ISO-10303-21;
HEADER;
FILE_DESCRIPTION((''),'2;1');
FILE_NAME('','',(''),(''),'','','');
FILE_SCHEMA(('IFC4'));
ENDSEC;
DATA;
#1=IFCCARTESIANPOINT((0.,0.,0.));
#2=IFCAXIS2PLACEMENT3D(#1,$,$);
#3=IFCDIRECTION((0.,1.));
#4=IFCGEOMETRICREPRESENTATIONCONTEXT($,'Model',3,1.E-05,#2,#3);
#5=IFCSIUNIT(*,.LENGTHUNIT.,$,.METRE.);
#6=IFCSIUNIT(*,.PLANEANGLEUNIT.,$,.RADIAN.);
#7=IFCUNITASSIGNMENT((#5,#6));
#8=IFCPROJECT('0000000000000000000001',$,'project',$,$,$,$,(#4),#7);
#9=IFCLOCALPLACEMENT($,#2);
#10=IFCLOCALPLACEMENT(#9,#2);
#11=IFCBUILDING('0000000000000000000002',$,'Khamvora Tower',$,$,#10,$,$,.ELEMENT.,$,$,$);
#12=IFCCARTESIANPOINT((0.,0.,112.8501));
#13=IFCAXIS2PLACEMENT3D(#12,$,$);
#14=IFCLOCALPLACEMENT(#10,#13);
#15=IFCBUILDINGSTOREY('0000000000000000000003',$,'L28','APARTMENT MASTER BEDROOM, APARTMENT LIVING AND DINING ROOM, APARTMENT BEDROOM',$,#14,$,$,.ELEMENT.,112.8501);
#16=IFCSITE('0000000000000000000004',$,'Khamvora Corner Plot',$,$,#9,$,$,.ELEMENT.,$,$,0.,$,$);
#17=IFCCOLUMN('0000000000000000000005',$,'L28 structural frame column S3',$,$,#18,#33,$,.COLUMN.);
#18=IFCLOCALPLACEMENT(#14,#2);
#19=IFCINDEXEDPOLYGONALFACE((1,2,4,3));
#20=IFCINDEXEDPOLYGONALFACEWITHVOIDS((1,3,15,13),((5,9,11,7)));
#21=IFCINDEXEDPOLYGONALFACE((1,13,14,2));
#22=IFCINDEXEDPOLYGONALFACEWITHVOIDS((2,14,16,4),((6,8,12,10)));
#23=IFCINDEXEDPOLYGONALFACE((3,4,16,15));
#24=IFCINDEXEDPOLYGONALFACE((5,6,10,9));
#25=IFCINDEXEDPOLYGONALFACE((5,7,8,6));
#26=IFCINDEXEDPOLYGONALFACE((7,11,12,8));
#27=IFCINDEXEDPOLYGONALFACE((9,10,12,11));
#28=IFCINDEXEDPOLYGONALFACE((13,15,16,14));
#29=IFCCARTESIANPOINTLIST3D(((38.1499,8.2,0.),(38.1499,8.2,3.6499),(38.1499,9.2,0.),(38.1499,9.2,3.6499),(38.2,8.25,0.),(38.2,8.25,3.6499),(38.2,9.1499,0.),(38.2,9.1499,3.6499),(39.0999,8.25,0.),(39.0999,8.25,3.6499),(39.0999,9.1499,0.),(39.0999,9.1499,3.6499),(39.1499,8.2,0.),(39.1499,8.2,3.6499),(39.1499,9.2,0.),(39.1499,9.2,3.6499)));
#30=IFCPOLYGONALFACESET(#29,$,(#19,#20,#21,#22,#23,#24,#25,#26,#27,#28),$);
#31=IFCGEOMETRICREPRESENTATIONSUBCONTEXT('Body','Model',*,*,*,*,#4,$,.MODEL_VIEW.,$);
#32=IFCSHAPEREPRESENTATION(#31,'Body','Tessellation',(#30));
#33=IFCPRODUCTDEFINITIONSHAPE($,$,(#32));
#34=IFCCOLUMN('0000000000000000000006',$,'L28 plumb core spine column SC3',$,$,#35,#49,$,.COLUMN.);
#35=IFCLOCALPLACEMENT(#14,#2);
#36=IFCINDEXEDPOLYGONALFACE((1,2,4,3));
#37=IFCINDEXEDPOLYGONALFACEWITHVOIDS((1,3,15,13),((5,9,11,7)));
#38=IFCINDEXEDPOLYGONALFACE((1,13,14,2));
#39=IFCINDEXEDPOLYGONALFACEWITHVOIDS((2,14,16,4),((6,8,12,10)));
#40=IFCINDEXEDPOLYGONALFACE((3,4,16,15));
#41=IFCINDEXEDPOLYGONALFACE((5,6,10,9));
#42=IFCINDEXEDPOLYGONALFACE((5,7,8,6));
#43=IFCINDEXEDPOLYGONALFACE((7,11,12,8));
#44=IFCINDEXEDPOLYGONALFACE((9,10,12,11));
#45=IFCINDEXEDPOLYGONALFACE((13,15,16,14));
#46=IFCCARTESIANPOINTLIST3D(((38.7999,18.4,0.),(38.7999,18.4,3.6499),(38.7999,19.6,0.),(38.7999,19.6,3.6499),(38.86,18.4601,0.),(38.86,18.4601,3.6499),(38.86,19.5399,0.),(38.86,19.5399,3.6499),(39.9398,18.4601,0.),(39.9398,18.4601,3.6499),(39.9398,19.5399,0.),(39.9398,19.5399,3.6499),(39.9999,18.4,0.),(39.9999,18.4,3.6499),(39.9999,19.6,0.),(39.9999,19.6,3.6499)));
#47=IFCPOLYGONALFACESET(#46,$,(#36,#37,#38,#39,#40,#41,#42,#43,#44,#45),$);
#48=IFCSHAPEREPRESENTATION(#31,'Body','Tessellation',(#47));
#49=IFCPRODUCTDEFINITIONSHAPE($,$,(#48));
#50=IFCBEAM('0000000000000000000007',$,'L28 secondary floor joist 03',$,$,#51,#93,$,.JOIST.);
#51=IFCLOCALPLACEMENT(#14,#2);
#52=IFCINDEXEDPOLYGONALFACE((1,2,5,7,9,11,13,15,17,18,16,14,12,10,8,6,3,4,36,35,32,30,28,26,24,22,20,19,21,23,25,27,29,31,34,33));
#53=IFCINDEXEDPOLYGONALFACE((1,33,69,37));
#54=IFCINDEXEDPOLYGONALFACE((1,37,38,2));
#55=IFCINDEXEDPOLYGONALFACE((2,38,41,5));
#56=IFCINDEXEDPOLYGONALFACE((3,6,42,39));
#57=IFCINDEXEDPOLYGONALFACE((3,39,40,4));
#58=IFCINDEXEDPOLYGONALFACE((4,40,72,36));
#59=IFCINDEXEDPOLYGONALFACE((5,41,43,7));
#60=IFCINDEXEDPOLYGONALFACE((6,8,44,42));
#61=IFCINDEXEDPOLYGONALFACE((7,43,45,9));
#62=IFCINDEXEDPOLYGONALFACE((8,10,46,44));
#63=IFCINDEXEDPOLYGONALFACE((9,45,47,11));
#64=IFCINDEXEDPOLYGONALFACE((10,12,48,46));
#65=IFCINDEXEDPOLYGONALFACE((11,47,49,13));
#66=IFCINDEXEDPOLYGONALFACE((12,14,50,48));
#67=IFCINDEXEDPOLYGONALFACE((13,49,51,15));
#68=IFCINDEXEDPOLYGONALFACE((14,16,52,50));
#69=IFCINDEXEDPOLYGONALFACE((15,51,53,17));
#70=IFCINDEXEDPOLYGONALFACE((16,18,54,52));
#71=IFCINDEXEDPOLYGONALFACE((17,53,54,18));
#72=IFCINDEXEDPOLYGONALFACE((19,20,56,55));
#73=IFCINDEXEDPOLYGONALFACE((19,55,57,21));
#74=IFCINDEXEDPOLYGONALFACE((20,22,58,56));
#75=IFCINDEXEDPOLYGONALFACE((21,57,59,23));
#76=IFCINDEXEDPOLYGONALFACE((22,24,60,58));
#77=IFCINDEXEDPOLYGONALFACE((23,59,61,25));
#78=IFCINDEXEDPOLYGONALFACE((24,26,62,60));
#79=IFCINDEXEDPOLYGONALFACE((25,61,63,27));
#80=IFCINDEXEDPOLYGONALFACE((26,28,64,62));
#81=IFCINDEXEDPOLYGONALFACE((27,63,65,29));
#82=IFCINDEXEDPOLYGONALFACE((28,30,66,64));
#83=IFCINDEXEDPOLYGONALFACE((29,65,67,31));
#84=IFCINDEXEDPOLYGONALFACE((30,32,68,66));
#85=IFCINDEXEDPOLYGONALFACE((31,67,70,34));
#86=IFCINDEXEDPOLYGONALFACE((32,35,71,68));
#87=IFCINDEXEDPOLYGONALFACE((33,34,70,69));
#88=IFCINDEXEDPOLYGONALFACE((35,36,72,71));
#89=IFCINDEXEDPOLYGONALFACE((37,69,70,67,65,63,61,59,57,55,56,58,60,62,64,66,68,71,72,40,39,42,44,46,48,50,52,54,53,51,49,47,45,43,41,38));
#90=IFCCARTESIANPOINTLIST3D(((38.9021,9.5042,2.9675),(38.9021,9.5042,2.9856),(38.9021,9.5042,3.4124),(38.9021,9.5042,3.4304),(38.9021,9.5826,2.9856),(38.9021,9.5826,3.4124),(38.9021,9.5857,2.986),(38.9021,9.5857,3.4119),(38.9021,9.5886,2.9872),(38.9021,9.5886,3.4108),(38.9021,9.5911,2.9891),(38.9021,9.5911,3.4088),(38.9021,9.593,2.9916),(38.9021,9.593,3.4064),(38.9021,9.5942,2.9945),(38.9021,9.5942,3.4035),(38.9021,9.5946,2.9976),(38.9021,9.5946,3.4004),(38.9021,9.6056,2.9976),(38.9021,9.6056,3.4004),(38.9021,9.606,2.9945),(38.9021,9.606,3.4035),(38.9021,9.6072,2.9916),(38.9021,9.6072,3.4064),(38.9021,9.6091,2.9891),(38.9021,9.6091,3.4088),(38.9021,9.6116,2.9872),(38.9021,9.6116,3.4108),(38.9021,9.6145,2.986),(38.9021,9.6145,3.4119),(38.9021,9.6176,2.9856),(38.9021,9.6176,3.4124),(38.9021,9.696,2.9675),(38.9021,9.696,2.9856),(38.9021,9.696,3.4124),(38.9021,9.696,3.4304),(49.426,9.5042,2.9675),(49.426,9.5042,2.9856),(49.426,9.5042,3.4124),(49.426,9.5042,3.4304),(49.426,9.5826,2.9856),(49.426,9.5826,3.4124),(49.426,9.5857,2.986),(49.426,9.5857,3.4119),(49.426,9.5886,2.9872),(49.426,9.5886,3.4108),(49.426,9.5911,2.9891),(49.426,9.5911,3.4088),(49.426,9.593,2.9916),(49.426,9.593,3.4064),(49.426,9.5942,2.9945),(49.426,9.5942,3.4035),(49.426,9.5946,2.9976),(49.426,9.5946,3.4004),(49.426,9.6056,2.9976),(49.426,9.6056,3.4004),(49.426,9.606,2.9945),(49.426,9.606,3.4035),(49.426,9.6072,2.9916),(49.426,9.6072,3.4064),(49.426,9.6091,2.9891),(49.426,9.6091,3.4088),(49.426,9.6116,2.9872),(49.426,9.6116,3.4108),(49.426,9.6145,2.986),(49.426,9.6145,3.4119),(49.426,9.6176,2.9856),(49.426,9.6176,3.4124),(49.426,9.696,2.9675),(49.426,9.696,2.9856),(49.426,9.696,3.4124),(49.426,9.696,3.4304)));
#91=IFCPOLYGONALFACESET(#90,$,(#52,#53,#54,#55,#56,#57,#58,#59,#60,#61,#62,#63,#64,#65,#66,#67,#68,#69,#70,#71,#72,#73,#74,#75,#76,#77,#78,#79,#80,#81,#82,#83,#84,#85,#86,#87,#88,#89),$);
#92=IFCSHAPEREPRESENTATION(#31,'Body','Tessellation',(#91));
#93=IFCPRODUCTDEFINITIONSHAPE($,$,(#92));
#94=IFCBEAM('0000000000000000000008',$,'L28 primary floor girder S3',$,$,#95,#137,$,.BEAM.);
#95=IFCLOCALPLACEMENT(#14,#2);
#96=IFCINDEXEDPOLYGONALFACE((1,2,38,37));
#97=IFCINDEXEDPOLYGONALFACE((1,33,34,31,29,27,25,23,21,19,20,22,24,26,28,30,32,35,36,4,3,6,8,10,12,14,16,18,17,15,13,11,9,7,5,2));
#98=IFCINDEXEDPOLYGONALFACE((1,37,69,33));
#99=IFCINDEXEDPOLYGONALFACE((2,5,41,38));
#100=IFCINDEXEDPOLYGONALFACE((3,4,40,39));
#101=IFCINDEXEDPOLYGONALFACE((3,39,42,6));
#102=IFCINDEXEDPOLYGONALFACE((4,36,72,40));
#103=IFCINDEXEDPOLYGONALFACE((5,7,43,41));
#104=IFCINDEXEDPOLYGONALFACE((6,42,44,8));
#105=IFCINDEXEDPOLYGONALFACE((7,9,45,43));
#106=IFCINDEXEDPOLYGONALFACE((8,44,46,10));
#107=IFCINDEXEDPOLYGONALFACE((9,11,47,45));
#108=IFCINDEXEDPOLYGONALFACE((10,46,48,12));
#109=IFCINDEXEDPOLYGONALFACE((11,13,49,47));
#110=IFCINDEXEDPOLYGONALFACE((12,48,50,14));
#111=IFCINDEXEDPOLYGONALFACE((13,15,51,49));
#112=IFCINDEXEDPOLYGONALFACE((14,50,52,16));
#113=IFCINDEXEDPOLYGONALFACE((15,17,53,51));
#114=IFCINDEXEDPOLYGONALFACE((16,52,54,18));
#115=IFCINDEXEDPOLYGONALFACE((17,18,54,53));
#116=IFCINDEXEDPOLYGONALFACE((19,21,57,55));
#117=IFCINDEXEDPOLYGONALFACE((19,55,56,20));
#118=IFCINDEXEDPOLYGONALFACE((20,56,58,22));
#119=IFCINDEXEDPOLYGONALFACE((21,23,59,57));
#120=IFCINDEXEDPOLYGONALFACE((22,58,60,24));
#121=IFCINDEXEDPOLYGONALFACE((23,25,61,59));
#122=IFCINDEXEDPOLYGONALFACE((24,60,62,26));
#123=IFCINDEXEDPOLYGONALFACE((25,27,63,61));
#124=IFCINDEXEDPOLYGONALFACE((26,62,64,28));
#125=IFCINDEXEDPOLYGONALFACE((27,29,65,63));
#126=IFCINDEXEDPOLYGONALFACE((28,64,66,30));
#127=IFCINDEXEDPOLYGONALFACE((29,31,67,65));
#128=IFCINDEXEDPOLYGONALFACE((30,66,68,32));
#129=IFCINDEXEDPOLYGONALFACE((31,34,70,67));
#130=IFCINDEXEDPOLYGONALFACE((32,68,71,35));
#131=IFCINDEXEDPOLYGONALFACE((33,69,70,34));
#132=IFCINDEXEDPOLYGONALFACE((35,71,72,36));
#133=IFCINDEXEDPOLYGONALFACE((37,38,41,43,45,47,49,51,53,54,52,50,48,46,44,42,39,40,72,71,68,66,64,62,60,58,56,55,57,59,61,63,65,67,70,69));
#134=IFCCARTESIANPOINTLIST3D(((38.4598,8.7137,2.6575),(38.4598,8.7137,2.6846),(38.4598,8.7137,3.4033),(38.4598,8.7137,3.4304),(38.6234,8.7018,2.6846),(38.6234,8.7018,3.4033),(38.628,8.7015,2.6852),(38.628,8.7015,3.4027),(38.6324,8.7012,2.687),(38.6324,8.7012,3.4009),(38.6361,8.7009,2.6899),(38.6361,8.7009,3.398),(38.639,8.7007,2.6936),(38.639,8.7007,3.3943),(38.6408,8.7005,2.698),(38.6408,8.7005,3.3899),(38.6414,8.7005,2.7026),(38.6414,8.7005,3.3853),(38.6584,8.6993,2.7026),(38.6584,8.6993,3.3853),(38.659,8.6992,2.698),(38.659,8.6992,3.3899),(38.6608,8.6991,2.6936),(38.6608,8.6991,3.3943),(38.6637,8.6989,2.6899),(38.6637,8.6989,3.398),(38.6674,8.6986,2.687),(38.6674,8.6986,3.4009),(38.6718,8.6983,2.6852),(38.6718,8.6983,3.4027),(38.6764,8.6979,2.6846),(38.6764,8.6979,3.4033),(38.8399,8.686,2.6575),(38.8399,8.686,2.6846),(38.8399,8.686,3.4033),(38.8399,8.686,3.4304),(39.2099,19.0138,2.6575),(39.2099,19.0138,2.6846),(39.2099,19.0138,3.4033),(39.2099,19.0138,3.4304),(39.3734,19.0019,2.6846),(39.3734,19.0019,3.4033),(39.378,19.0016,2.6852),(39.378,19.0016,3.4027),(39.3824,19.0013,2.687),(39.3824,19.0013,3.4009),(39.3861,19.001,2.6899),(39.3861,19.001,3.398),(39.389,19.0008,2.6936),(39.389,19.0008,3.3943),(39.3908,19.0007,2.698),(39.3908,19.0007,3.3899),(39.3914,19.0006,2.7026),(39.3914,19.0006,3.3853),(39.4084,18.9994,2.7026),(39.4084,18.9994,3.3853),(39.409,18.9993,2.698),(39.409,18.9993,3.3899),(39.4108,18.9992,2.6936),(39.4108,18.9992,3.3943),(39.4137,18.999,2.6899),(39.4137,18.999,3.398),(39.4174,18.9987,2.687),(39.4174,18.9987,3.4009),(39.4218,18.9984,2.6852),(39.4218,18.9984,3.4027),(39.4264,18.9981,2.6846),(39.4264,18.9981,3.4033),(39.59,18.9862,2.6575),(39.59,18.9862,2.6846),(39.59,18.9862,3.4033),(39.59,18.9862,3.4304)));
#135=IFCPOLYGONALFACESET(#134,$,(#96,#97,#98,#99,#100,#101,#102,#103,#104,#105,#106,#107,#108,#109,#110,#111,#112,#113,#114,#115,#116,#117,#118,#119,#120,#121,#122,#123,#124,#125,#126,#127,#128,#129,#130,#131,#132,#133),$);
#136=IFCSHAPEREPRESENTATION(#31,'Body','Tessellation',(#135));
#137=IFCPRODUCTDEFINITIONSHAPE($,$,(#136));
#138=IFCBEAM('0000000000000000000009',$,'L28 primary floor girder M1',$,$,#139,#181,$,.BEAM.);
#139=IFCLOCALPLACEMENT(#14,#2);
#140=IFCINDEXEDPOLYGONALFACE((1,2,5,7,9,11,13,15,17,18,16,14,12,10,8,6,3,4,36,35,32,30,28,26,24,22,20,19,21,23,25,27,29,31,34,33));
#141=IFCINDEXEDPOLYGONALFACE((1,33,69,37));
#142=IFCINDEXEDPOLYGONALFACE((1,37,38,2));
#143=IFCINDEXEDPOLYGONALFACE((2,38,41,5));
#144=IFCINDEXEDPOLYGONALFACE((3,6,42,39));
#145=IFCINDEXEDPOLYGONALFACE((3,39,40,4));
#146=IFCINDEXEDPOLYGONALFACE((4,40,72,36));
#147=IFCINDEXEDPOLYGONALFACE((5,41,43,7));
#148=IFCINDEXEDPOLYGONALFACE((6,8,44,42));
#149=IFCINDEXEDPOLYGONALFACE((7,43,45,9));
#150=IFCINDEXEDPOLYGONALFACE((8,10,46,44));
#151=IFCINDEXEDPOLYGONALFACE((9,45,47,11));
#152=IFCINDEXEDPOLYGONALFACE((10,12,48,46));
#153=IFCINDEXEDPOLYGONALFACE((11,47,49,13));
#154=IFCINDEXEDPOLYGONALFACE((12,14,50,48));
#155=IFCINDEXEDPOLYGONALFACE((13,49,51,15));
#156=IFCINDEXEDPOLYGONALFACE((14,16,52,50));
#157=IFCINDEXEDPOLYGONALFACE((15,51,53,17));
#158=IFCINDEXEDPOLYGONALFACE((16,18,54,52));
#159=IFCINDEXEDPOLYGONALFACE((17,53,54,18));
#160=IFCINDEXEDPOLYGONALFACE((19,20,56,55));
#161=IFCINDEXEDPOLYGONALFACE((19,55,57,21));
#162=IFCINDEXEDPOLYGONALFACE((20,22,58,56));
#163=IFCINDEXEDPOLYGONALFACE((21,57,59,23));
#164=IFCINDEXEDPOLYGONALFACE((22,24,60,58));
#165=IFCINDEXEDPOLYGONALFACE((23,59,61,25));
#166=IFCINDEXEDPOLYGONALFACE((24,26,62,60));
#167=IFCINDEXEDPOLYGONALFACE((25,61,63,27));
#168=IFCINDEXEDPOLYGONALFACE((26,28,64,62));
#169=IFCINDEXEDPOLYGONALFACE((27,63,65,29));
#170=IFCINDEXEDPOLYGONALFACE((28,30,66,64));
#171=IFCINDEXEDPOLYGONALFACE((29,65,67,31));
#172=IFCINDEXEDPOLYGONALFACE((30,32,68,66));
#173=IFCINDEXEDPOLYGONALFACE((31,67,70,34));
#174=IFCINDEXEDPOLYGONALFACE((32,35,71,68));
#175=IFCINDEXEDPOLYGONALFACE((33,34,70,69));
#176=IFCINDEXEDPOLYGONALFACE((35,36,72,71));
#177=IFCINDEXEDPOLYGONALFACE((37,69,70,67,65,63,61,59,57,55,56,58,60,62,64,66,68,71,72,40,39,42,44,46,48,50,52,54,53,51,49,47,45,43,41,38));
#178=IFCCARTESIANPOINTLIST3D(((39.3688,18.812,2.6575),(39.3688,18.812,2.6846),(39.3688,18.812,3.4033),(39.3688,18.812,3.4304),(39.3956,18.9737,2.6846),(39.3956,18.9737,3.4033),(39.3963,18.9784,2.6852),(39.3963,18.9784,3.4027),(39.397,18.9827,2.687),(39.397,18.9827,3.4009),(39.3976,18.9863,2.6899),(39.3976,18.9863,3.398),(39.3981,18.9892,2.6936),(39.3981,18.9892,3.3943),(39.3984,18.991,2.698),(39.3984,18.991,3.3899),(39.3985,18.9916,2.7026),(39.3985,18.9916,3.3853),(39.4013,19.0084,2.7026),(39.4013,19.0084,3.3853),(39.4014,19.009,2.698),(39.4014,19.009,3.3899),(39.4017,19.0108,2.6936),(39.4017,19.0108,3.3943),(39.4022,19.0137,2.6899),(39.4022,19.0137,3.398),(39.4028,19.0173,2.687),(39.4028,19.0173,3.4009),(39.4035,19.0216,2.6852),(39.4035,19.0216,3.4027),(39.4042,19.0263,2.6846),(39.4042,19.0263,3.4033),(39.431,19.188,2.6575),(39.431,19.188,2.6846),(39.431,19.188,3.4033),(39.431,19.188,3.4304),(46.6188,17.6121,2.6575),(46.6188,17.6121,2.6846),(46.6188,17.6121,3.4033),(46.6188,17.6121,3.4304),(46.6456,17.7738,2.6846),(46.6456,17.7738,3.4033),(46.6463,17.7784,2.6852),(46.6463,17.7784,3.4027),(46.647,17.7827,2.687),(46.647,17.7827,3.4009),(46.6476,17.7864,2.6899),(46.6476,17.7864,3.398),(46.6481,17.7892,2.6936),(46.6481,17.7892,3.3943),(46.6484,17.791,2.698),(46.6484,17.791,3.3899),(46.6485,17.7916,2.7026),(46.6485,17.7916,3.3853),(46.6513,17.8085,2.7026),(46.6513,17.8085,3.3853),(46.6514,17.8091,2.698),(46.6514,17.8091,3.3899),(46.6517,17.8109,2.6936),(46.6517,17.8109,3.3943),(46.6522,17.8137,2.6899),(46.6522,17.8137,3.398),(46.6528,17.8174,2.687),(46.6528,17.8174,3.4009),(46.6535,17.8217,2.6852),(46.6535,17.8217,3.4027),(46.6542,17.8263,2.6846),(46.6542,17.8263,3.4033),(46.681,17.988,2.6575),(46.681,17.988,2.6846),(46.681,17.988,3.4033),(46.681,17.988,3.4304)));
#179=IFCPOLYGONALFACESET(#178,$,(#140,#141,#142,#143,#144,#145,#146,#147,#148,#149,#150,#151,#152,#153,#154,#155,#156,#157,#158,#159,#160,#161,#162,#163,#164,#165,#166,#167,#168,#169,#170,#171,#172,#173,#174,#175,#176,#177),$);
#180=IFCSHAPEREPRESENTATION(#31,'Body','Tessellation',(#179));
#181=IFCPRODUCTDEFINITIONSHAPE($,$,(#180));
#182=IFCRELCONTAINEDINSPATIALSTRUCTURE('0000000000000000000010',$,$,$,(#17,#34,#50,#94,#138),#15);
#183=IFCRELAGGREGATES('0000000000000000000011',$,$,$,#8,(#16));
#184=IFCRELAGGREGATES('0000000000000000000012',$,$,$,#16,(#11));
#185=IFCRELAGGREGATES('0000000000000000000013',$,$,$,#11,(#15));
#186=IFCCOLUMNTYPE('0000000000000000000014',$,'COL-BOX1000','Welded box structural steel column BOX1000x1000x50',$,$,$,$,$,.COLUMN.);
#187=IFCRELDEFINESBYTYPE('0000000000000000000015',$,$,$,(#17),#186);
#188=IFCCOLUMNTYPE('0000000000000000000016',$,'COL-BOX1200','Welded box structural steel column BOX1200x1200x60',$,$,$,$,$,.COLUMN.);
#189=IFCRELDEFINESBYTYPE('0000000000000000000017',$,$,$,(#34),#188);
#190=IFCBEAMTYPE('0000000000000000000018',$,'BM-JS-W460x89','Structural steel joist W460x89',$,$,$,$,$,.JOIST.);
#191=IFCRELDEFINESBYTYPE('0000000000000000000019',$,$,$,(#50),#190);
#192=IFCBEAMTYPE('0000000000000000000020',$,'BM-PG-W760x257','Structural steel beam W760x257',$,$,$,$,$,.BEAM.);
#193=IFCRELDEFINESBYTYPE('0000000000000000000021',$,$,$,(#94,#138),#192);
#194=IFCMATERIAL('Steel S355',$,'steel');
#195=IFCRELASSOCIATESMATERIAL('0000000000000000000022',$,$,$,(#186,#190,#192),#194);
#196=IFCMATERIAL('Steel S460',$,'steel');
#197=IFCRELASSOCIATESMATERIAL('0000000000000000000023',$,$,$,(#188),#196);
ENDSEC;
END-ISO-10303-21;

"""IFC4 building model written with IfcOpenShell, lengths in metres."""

from ifc_helpers import new_model, si_unit, direction, frame, origin, origin_2d, place, context, subcontext, project, spatial, hollow_rectangle, i_section, extrude, material, material_profile, profile_set, type_object, element, save


model = new_model("IFC4")

# Units and contexts
model_context = context("Model", 3, precision=1e-05, world=origin(), true_north=direction((0.0, 1.0)))
body_context = subcontext(model_context, "Body", "Model", "MODEL_VIEW")
ifc_project = project(units=[si_unit("LENGTHUNIT", "METRE"), si_unit("PLANEANGLEUNIT", "RADIAN")], contexts=[model_context])

# Site, building, storey
site_placement = place(None, origin())
site = spatial("IfcSite", under=ifc_project, at=site_placement, Name="Khamvora Corner Plot", CompositionType="ELEMENT", RefElevation=0.0)
building_placement = place(site_placement, origin())
building = spatial("IfcBuilding", under=site, at=building_placement, Name="Khamvora Tower", CompositionType="ELEMENT")
storey_placement = place(building_placement, frame((0.0, 0.0, 112.8501)))
storey = spatial("IfcBuildingStorey", under=building, at=storey_placement, Name="L28", Description="APARTMENT MASTER BEDROOM, APARTMENT LIVING AND DINING ROOM, APARTMENT BEDROOM", CompositionType="ELEMENT", Elevation=112.8501)

# Columns
ifc_material_1 = material(Name="Steel S355", Category="steel")
ifc_material_profile_1 = material_profile(ifc_material_1, hollow_rectangle(XDim=1.0, YDim=1.0, WallThickness=0.05, at=origin_2d()), Name="BOX1000x1000x50")
ifc_profile_set_1 = profile_set([ifc_material_profile_1], Name="Steel S355")
column_type_1 = type_object("IfcColumnType", Name="COL-BOX1000", Description="Welded box structural steel column BOX1000x1000x50", PredefinedType="COLUMN", material=ifc_profile_set_1)
column_1_placement = place(storey_placement, frame((38.6499, 8.7, 0.0), z_axis=(0.0, 0.0, 1.0), x_axis=(1.0, 0.0, 0.0)))
element("IfcColumn", 1, at=column_1_placement, inside=storey, type_object=column_type_1, Name="L28 structural frame column S3", PredefinedType="COLUMN", context=body_context, shape_type="SweptSolid", body=[
    extrude(hollow_rectangle(XDim=1.0, YDim=1.0, WallThickness=0.05, at=origin_2d()), origin(), (0.0, 0.0, 1.0), 3.6499),
])
ifc_material_2 = material(Name="Steel S460", Category="steel")
ifc_material_profile_2 = material_profile(ifc_material_2, hollow_rectangle(XDim=1.2, YDim=1.2, WallThickness=0.0601, at=origin_2d()), Name="BOX1200x1200x60")
ifc_profile_set_2 = profile_set([ifc_material_profile_2], Name="Steel S460")
column_type_2 = type_object("IfcColumnType", Name="COL-BOX1200", Description="Welded box structural steel column BOX1200x1200x60", PredefinedType="COLUMN", material=ifc_profile_set_2)
column_2_placement = place(storey_placement, frame((39.3999, 19.0, 0.0), z_axis=(0.0, 0.0, 1.0), x_axis=(1.0, 0.0, 0.0)))
element("IfcColumn", 2, at=column_2_placement, inside=storey, type_object=column_type_2, Name="L28 plumb core spine column SC3", PredefinedType="COLUMN", context=body_context, shape_type="SweptSolid", body=[
    extrude(hollow_rectangle(XDim=1.2, YDim=1.2, WallThickness=0.0601, at=origin_2d()), origin(), (0.0, 0.0, 1.0), 3.6499),
])

# Beams
ifc_material_profile_3 = material_profile(ifc_material_1, i_section(OverallWidth=0.1919, OverallDepth=0.4629, WebThickness=0.011, FlangeThickness=0.0181, FilletRadius=0.012, at=origin_2d()), Name="W460x89")
ifc_profile_set_3 = profile_set([ifc_material_profile_3], Name="Steel S355")
beam_type_1 = type_object("IfcBeamType", Name="BM-JS-W460x89", Description="Structural steel joist W460x89", PredefinedType="JOIST", material=ifc_profile_set_3)
beam_1_placement = place(storey_placement, frame((38.9021, 9.6001, 3.199), z_axis=(1.0, 0.0, 0.0), x_axis=(0.0, 1.0, 0.0)))
element("IfcBeam", 3, at=beam_1_placement, inside=storey, type_object=beam_type_1, Name="L28 secondary floor joist 03", PredefinedType="JOIST", context=body_context, shape_type="SweptSolid", body=[
    extrude(i_section(OverallWidth=0.1919, OverallDepth=0.4629, WebThickness=0.011, FlangeThickness=0.0181, FilletRadius=0.012, at=origin_2d()), origin(), (0.0, 0.0, 1.0), 10.5239),
])
ifc_material_profile_4 = material_profile(ifc_material_1, i_section(OverallWidth=0.3811, OverallDepth=0.7729, WebThickness=0.0171, FlangeThickness=0.0271, FilletRadius=0.0181, at=origin_2d()), Name="W760x257")
ifc_profile_set_4 = profile_set([ifc_material_profile_4], Name="Steel S355")
beam_type_2 = type_object("IfcBeamType", Name="BM-PG-W760x257", Description="Structural steel beam W760x257", PredefinedType="BEAM", material=ifc_profile_set_4)
beam_2_placement = place(storey_placement, frame((39.3999, 19.0, 3.0439), z_axis=(-0.072623, -0.997359, 0.0), x_axis=(0.997359, -0.072623, 0.0)))
element("IfcBeam", 4, at=beam_2_placement, inside=storey, type_object=beam_type_2, Name="L28 primary floor girder S3", PredefinedType="BEAM", context=body_context, shape_type="SweptSolid", body=[
    extrude(i_section(OverallWidth=0.3811, OverallDepth=0.7729, WebThickness=0.0171, FlangeThickness=0.0271, FilletRadius=0.0181, at=origin_2d()), origin(), (0.0, 0.0, 1.0), 10.3274),
])
beam_3_placement = place(storey_placement, frame((39.3999, 19.0, 3.0439), z_axis=(0.986578, -0.163289, 0.0), x_axis=(0.163289, 0.986578, 0.0)))
element("IfcBeam", 5, at=beam_3_placement, inside=storey, type_object=beam_type_2, Name="L28 primary floor girder M1", PredefinedType="BEAM", context=body_context, shape_type="SweptSolid", body=[
    extrude(i_section(OverallWidth=0.3811, OverallDepth=0.7729, WebThickness=0.0171, FlangeThickness=0.0271, FilletRadius=0.0181, at=origin_2d()), origin(), (0.0, 0.0, 1.0), 7.3486),
])

save(model, "model.ifc")
